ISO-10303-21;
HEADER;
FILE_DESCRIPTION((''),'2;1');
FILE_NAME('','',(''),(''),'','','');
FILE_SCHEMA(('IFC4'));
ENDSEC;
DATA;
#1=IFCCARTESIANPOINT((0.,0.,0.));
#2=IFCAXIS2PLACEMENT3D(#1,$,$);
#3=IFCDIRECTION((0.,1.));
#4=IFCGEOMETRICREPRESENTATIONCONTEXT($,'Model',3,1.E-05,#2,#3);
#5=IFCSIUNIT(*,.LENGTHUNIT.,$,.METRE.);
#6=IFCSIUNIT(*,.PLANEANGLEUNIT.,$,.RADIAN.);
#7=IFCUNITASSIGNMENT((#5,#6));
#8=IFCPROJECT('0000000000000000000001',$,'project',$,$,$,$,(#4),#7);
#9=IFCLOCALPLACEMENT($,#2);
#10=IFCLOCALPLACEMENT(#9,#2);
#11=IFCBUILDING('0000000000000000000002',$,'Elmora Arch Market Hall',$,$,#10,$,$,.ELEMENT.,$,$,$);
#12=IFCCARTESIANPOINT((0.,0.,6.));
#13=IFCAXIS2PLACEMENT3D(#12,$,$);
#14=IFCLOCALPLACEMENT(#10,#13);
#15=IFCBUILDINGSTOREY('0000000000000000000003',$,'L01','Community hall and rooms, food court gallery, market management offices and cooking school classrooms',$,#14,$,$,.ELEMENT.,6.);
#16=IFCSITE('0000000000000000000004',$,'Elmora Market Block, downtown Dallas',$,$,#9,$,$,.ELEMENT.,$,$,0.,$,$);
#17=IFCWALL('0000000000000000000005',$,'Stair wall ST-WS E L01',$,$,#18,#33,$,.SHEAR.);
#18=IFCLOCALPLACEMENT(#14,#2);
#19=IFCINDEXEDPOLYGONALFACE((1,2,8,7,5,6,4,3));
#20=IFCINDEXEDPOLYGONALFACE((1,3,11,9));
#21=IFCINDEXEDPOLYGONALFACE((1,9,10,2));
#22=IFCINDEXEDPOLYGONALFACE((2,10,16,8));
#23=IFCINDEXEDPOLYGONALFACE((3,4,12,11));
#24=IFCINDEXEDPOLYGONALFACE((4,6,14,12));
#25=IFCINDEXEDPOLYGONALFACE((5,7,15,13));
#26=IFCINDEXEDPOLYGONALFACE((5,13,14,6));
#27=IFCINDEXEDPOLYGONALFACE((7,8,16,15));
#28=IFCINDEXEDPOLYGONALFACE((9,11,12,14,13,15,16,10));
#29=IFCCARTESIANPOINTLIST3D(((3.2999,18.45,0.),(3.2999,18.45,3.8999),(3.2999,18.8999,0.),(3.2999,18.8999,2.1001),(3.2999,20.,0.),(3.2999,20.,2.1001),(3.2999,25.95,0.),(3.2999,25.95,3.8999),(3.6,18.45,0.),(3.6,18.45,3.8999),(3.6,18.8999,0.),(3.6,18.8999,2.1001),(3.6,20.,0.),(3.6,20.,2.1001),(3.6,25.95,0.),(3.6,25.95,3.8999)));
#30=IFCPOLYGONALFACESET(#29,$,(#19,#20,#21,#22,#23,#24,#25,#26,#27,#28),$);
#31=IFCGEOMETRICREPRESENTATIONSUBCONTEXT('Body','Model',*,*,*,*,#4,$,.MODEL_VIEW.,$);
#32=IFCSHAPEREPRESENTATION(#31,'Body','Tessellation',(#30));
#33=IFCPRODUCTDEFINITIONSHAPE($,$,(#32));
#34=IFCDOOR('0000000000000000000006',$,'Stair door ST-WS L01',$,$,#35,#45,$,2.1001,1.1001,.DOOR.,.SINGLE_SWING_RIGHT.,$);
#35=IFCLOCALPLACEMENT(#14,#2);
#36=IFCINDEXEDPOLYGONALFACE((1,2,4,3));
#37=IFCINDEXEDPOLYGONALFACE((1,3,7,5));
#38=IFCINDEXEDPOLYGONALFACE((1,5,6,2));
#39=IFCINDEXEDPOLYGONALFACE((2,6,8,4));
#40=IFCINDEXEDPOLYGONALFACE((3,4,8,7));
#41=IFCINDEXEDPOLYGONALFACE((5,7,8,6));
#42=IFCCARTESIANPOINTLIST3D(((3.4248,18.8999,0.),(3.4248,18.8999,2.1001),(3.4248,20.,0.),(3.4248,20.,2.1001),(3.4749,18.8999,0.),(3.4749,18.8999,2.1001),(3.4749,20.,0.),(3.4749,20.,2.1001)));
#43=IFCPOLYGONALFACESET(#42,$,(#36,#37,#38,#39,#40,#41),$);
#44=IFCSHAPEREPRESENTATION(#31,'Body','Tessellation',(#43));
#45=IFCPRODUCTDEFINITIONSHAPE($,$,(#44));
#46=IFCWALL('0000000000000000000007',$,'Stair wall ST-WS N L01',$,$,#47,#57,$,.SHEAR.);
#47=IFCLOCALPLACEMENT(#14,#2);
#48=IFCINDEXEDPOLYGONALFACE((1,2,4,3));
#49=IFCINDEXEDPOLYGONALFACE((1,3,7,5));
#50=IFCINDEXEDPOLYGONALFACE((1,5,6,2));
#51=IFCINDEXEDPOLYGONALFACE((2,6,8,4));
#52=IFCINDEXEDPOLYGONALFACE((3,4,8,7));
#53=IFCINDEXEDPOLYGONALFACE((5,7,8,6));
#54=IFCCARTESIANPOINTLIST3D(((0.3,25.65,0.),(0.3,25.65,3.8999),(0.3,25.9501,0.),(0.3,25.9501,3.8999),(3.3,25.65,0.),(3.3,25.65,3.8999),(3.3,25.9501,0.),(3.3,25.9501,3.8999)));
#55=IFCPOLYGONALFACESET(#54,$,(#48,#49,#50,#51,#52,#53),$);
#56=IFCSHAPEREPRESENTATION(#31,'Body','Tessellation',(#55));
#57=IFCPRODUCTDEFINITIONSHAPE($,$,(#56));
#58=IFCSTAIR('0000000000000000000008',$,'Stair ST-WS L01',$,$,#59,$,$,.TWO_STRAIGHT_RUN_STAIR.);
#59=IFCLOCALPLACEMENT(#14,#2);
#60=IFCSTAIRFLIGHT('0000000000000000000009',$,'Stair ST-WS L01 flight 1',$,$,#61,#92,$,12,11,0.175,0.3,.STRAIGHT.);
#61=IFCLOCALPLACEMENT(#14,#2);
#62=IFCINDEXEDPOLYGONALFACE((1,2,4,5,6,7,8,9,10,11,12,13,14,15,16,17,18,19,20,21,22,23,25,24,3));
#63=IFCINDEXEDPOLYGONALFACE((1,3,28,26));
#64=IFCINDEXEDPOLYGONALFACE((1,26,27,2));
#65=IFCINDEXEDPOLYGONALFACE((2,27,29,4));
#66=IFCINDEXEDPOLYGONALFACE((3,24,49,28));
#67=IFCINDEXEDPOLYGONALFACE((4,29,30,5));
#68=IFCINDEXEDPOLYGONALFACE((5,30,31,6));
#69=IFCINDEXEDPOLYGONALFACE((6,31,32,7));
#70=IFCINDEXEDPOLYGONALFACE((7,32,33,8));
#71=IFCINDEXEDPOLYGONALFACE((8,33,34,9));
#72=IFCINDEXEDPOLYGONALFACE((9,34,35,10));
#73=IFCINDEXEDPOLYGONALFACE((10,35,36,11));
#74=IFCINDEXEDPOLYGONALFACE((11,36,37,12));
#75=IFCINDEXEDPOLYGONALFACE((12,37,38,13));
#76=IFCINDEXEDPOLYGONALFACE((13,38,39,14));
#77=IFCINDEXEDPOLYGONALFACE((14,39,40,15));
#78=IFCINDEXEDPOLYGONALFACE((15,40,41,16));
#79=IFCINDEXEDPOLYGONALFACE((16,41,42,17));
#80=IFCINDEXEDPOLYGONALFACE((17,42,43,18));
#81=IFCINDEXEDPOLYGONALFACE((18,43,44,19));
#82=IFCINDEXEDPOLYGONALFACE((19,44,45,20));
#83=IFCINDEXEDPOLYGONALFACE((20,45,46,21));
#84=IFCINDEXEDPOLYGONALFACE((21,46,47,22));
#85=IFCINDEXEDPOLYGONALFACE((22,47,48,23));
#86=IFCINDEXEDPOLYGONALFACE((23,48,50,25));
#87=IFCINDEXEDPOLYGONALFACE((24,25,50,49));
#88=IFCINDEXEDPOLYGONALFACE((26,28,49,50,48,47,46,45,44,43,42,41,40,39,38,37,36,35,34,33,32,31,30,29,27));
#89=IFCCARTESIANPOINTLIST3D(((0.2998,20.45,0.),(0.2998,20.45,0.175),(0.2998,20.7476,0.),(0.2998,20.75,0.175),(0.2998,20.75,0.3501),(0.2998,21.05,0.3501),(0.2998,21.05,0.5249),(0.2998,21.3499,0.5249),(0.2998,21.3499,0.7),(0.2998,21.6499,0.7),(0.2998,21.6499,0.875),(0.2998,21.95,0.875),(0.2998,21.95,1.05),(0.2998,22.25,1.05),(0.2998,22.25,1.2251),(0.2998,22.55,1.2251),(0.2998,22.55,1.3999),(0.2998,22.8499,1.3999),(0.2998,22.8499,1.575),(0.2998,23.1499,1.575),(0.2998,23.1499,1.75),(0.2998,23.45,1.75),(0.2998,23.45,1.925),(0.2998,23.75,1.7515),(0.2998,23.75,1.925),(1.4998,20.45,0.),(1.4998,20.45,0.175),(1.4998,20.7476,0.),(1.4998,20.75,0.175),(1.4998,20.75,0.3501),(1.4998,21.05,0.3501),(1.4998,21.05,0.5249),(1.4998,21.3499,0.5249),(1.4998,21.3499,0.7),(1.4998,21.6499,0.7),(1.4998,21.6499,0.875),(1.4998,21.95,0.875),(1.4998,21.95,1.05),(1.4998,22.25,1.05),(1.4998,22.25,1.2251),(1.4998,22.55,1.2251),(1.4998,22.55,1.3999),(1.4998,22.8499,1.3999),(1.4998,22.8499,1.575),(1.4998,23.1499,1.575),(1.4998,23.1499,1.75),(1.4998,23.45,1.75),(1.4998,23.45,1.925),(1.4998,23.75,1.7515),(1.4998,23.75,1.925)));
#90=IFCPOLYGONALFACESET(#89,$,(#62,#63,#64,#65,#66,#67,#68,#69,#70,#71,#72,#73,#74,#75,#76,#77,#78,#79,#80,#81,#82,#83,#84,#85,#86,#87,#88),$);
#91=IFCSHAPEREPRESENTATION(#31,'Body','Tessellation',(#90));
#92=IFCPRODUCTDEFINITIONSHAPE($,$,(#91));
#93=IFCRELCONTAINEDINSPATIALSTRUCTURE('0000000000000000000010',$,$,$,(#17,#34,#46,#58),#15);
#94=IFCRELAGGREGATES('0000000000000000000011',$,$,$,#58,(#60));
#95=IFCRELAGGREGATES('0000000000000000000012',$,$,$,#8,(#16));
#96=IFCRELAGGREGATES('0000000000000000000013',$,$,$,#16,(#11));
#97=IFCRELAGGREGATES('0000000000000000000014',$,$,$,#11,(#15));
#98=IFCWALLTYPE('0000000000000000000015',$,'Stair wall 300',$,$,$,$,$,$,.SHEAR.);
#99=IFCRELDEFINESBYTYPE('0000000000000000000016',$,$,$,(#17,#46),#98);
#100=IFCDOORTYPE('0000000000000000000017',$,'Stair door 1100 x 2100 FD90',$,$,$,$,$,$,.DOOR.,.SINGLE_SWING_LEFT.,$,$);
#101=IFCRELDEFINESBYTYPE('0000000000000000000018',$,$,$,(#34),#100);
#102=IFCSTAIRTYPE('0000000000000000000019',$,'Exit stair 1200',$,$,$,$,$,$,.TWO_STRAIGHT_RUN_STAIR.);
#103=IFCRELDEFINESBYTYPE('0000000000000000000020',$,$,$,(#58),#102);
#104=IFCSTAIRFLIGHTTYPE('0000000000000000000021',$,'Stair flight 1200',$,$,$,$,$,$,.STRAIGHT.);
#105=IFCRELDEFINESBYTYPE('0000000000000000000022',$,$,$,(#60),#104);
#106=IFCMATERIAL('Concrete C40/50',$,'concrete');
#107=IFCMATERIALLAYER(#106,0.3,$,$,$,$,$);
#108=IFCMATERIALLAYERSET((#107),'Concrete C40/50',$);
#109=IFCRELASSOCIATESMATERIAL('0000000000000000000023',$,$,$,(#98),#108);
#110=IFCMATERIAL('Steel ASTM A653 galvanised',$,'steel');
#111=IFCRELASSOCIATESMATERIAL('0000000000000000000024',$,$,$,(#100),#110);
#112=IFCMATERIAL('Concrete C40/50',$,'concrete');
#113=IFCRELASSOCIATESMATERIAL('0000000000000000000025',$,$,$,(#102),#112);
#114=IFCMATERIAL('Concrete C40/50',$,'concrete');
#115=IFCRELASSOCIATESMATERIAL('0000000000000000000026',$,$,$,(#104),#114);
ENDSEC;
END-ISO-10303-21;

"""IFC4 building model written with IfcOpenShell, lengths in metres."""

from ifc_helpers import new_model, si_unit, direction, frame, frame_2d, origin, place, context, subcontext, project, spatial, polyline, rectangle, outline, extrude, material, layer, layer_set, type_object, element, fill, aggregate, save


model = new_model("IFC4")

# Units and contexts
model_context = context("Model", 3, precision=1e-05, world=origin(), true_north=direction((0.0, 1.0)))
body_context = subcontext(model_context, "Body", "Model", "MODEL_VIEW")
ifc_project = project(units=[si_unit("LENGTHUNIT", "METRE"), si_unit("PLANEANGLEUNIT", "RADIAN")], contexts=[model_context])

# Site, building, storey
site_placement = place(None, origin())
site = spatial("IfcSite", under=ifc_project, at=site_placement, Name="Elmora Market Block, downtown Dallas", CompositionType="ELEMENT", RefElevation=0.0)
building_placement = place(site_placement, origin())
building = spatial("IfcBuilding", under=site, at=building_placement, Name="Elmora Arch Market Hall", CompositionType="ELEMENT")
storey_placement = place(building_placement, frame((0.0, 0.0, 6.0)))
storey = spatial("IfcBuildingStorey", under=building, at=storey_placement, Name="L01", Description="Community hall and rooms, food court gallery, market management offices and cooking school classrooms", CompositionType="ELEMENT", Elevation=6.0)

# Wall, opening, door
ifc_material_1 = material(Name="Concrete C40/50", Category="concrete")
ifc_layer_1 = layer(ifc_material_1, 0.3)
ifc_layer_set_1 = layer_set([ifc_layer_1], Name="Concrete C40/50")
wall_type_1 = type_object("IfcWallType", Name="Stair wall 300", PredefinedType="SHEAR", material=ifc_layer_set_1)
wall_1_placement = place(storey_placement, frame((3.45, 18.45, 0.0), z_axis=(0.0, 0.0, 1.0), x_axis=(0.0, 1.0, 0.0)))
wall_1 = element("IfcWall", 1, at=wall_1_placement, inside=storey, type_object=wall_type_1, Name="Stair wall ST-WS E L01", PredefinedType="SHEAR", context=body_context, shape_type="SweptSolid", body=[
    extrude(rectangle(XDim=7.5, YDim=0.3, at=frame_2d((3.75, 0.0))), origin(), (0.0, 0.0, 1.0), 3.8999),
])
opening_1_placement = place(wall_1_placement, frame((0.45, 0.0, 0.0)))
opening_1 = element("IfcOpeningElement", 2, at=opening_1_placement, cuts=wall_1, PredefinedType="OPENING", context=body_context, shape_type="SweptSolid", body=[
    extrude(rectangle(XDim=1.1001, YDim=2.1001, at=frame_2d((0.55, 1.05))), frame((0.0, 0.1599, 0.0), z_axis=(0.0, -1.0, 0.0), x_axis=(1.0, 0.0, 0.0)), (0.0, 0.0, 1.0), 0.3201),
])
ifc_material_2 = material(Name="Steel ASTM A653 galvanised", Category="steel")
door_type_1 = type_object("IfcDoorType", Name="Stair door 1100 x 2100 FD90", OperationType="SINGLE_SWING_LEFT", PredefinedType="DOOR", material=ifc_material_2)
door_1_placement = place(opening_1_placement, frame((1.1001, 0.0, 0.0), z_axis=(0.0, 0.0, 1.0), x_axis=(-1.0, 0.0, 0.0)))
door_1 = element("IfcDoor", 3, at=door_1_placement, inside=storey, type_object=door_type_1, Name="Stair door ST-WS L01", OperationType="SINGLE_SWING_RIGHT", OverallHeight=2.1001, OverallWidth=1.1001, PredefinedType="DOOR", context=body_context, shape_type="SweptSolid", body=[
    extrude(rectangle(XDim=1.1001, YDim=2.1001, at=frame_2d((0.55, 1.05))), frame((0.0, 0.0249, 0.0), z_axis=(0.0, -1.0, 0.0), x_axis=(1.0, 0.0, 0.0)), (0.0, 0.0, 1.0), 0.05),
])
fill(opening_1, door_1)

# Wall
wall_2_placement = place(storey_placement, frame((0.3, 25.8, 0.0), z_axis=(0.0, 0.0, 1.0), x_axis=(1.0, 0.0, 0.0)))
element("IfcWall", 4, at=wall_2_placement, inside=storey, type_object=wall_type_1, Name="Stair wall ST-WS N L01", PredefinedType="SHEAR", context=body_context, shape_type="SweptSolid", body=[
    extrude(rectangle(XDim=3.0, YDim=0.3, at=frame_2d((1.5, 0.0))), origin(), (0.0, 0.0, 1.0), 3.8999),
])

# Stair, stair flight
ifc_material_3 = material(Name="Concrete C40/50", Category="concrete")
stair_type = type_object("IfcStairType", Name="Exit stair 1200", PredefinedType="TWO_STRAIGHT_RUN_STAIR", material=ifc_material_3)
stair_placement = place(storey_placement, origin())
stair = element("IfcStair", 5, at=stair_placement, inside=storey, type_object=stair_type, Name="Stair ST-WS L01", PredefinedType="TWO_STRAIGHT_RUN_STAIR")
ifc_material_4 = material(Name="Concrete C40/50", Category="concrete")
stair_flight_type = type_object("IfcStairFlightType", Name="Stair flight 1200", PredefinedType="STRAIGHT", material=ifc_material_4)
stair_flight_placement = place(storey_placement, frame((0.8999, 20.45, 0.0), z_axis=(0.0, 0.0, 1.0), x_axis=(0.0, 1.0, 0.0)))
stair_flight = element("IfcStairFlight", 6, at=stair_flight_placement, type_object=stair_flight_type, Name="Stair ST-WS L01 flight 1", NumberOfRisers=12, NumberOfTreads=11, PredefinedType="STRAIGHT", RiserHeight=0.175, TreadLength=0.3, context=body_context, shape_type="SweptSolid", body=[
    extrude(outline(polyline([(0.0, 0.0), (0.0, 0.175), (0.3, 0.175), (0.3, 0.3501), (0.6001, 0.3501), (0.6001, 0.5249), (0.8999, 0.5249), (0.8999, 0.7), (1.2, 0.7), (1.2, 0.875), (1.5, 0.875), (1.5, 1.05), (1.8, 1.05), (1.8, 1.2251), (2.1001, 1.2251), (2.1001, 1.3999), (2.3999, 1.3999), (2.3999, 1.575), (2.7, 1.575), (2.7, 1.75), (3.0, 1.75), (3.0, 1.925), (3.3, 1.925), (3.3, 2.1001), (3.3, 1.7515), (0.2976, 0.0), (0.0, 0.0)])), frame((0.0, 0.6001, 0.0), z_axis=(0.0, -1.0, 0.0), x_axis=(1.0, 0.0, 0.0)), (0.0, 0.0, 1.0), 1.2),
])
aggregate(stair, [stair_flight])

save(model, "model.ifc")
